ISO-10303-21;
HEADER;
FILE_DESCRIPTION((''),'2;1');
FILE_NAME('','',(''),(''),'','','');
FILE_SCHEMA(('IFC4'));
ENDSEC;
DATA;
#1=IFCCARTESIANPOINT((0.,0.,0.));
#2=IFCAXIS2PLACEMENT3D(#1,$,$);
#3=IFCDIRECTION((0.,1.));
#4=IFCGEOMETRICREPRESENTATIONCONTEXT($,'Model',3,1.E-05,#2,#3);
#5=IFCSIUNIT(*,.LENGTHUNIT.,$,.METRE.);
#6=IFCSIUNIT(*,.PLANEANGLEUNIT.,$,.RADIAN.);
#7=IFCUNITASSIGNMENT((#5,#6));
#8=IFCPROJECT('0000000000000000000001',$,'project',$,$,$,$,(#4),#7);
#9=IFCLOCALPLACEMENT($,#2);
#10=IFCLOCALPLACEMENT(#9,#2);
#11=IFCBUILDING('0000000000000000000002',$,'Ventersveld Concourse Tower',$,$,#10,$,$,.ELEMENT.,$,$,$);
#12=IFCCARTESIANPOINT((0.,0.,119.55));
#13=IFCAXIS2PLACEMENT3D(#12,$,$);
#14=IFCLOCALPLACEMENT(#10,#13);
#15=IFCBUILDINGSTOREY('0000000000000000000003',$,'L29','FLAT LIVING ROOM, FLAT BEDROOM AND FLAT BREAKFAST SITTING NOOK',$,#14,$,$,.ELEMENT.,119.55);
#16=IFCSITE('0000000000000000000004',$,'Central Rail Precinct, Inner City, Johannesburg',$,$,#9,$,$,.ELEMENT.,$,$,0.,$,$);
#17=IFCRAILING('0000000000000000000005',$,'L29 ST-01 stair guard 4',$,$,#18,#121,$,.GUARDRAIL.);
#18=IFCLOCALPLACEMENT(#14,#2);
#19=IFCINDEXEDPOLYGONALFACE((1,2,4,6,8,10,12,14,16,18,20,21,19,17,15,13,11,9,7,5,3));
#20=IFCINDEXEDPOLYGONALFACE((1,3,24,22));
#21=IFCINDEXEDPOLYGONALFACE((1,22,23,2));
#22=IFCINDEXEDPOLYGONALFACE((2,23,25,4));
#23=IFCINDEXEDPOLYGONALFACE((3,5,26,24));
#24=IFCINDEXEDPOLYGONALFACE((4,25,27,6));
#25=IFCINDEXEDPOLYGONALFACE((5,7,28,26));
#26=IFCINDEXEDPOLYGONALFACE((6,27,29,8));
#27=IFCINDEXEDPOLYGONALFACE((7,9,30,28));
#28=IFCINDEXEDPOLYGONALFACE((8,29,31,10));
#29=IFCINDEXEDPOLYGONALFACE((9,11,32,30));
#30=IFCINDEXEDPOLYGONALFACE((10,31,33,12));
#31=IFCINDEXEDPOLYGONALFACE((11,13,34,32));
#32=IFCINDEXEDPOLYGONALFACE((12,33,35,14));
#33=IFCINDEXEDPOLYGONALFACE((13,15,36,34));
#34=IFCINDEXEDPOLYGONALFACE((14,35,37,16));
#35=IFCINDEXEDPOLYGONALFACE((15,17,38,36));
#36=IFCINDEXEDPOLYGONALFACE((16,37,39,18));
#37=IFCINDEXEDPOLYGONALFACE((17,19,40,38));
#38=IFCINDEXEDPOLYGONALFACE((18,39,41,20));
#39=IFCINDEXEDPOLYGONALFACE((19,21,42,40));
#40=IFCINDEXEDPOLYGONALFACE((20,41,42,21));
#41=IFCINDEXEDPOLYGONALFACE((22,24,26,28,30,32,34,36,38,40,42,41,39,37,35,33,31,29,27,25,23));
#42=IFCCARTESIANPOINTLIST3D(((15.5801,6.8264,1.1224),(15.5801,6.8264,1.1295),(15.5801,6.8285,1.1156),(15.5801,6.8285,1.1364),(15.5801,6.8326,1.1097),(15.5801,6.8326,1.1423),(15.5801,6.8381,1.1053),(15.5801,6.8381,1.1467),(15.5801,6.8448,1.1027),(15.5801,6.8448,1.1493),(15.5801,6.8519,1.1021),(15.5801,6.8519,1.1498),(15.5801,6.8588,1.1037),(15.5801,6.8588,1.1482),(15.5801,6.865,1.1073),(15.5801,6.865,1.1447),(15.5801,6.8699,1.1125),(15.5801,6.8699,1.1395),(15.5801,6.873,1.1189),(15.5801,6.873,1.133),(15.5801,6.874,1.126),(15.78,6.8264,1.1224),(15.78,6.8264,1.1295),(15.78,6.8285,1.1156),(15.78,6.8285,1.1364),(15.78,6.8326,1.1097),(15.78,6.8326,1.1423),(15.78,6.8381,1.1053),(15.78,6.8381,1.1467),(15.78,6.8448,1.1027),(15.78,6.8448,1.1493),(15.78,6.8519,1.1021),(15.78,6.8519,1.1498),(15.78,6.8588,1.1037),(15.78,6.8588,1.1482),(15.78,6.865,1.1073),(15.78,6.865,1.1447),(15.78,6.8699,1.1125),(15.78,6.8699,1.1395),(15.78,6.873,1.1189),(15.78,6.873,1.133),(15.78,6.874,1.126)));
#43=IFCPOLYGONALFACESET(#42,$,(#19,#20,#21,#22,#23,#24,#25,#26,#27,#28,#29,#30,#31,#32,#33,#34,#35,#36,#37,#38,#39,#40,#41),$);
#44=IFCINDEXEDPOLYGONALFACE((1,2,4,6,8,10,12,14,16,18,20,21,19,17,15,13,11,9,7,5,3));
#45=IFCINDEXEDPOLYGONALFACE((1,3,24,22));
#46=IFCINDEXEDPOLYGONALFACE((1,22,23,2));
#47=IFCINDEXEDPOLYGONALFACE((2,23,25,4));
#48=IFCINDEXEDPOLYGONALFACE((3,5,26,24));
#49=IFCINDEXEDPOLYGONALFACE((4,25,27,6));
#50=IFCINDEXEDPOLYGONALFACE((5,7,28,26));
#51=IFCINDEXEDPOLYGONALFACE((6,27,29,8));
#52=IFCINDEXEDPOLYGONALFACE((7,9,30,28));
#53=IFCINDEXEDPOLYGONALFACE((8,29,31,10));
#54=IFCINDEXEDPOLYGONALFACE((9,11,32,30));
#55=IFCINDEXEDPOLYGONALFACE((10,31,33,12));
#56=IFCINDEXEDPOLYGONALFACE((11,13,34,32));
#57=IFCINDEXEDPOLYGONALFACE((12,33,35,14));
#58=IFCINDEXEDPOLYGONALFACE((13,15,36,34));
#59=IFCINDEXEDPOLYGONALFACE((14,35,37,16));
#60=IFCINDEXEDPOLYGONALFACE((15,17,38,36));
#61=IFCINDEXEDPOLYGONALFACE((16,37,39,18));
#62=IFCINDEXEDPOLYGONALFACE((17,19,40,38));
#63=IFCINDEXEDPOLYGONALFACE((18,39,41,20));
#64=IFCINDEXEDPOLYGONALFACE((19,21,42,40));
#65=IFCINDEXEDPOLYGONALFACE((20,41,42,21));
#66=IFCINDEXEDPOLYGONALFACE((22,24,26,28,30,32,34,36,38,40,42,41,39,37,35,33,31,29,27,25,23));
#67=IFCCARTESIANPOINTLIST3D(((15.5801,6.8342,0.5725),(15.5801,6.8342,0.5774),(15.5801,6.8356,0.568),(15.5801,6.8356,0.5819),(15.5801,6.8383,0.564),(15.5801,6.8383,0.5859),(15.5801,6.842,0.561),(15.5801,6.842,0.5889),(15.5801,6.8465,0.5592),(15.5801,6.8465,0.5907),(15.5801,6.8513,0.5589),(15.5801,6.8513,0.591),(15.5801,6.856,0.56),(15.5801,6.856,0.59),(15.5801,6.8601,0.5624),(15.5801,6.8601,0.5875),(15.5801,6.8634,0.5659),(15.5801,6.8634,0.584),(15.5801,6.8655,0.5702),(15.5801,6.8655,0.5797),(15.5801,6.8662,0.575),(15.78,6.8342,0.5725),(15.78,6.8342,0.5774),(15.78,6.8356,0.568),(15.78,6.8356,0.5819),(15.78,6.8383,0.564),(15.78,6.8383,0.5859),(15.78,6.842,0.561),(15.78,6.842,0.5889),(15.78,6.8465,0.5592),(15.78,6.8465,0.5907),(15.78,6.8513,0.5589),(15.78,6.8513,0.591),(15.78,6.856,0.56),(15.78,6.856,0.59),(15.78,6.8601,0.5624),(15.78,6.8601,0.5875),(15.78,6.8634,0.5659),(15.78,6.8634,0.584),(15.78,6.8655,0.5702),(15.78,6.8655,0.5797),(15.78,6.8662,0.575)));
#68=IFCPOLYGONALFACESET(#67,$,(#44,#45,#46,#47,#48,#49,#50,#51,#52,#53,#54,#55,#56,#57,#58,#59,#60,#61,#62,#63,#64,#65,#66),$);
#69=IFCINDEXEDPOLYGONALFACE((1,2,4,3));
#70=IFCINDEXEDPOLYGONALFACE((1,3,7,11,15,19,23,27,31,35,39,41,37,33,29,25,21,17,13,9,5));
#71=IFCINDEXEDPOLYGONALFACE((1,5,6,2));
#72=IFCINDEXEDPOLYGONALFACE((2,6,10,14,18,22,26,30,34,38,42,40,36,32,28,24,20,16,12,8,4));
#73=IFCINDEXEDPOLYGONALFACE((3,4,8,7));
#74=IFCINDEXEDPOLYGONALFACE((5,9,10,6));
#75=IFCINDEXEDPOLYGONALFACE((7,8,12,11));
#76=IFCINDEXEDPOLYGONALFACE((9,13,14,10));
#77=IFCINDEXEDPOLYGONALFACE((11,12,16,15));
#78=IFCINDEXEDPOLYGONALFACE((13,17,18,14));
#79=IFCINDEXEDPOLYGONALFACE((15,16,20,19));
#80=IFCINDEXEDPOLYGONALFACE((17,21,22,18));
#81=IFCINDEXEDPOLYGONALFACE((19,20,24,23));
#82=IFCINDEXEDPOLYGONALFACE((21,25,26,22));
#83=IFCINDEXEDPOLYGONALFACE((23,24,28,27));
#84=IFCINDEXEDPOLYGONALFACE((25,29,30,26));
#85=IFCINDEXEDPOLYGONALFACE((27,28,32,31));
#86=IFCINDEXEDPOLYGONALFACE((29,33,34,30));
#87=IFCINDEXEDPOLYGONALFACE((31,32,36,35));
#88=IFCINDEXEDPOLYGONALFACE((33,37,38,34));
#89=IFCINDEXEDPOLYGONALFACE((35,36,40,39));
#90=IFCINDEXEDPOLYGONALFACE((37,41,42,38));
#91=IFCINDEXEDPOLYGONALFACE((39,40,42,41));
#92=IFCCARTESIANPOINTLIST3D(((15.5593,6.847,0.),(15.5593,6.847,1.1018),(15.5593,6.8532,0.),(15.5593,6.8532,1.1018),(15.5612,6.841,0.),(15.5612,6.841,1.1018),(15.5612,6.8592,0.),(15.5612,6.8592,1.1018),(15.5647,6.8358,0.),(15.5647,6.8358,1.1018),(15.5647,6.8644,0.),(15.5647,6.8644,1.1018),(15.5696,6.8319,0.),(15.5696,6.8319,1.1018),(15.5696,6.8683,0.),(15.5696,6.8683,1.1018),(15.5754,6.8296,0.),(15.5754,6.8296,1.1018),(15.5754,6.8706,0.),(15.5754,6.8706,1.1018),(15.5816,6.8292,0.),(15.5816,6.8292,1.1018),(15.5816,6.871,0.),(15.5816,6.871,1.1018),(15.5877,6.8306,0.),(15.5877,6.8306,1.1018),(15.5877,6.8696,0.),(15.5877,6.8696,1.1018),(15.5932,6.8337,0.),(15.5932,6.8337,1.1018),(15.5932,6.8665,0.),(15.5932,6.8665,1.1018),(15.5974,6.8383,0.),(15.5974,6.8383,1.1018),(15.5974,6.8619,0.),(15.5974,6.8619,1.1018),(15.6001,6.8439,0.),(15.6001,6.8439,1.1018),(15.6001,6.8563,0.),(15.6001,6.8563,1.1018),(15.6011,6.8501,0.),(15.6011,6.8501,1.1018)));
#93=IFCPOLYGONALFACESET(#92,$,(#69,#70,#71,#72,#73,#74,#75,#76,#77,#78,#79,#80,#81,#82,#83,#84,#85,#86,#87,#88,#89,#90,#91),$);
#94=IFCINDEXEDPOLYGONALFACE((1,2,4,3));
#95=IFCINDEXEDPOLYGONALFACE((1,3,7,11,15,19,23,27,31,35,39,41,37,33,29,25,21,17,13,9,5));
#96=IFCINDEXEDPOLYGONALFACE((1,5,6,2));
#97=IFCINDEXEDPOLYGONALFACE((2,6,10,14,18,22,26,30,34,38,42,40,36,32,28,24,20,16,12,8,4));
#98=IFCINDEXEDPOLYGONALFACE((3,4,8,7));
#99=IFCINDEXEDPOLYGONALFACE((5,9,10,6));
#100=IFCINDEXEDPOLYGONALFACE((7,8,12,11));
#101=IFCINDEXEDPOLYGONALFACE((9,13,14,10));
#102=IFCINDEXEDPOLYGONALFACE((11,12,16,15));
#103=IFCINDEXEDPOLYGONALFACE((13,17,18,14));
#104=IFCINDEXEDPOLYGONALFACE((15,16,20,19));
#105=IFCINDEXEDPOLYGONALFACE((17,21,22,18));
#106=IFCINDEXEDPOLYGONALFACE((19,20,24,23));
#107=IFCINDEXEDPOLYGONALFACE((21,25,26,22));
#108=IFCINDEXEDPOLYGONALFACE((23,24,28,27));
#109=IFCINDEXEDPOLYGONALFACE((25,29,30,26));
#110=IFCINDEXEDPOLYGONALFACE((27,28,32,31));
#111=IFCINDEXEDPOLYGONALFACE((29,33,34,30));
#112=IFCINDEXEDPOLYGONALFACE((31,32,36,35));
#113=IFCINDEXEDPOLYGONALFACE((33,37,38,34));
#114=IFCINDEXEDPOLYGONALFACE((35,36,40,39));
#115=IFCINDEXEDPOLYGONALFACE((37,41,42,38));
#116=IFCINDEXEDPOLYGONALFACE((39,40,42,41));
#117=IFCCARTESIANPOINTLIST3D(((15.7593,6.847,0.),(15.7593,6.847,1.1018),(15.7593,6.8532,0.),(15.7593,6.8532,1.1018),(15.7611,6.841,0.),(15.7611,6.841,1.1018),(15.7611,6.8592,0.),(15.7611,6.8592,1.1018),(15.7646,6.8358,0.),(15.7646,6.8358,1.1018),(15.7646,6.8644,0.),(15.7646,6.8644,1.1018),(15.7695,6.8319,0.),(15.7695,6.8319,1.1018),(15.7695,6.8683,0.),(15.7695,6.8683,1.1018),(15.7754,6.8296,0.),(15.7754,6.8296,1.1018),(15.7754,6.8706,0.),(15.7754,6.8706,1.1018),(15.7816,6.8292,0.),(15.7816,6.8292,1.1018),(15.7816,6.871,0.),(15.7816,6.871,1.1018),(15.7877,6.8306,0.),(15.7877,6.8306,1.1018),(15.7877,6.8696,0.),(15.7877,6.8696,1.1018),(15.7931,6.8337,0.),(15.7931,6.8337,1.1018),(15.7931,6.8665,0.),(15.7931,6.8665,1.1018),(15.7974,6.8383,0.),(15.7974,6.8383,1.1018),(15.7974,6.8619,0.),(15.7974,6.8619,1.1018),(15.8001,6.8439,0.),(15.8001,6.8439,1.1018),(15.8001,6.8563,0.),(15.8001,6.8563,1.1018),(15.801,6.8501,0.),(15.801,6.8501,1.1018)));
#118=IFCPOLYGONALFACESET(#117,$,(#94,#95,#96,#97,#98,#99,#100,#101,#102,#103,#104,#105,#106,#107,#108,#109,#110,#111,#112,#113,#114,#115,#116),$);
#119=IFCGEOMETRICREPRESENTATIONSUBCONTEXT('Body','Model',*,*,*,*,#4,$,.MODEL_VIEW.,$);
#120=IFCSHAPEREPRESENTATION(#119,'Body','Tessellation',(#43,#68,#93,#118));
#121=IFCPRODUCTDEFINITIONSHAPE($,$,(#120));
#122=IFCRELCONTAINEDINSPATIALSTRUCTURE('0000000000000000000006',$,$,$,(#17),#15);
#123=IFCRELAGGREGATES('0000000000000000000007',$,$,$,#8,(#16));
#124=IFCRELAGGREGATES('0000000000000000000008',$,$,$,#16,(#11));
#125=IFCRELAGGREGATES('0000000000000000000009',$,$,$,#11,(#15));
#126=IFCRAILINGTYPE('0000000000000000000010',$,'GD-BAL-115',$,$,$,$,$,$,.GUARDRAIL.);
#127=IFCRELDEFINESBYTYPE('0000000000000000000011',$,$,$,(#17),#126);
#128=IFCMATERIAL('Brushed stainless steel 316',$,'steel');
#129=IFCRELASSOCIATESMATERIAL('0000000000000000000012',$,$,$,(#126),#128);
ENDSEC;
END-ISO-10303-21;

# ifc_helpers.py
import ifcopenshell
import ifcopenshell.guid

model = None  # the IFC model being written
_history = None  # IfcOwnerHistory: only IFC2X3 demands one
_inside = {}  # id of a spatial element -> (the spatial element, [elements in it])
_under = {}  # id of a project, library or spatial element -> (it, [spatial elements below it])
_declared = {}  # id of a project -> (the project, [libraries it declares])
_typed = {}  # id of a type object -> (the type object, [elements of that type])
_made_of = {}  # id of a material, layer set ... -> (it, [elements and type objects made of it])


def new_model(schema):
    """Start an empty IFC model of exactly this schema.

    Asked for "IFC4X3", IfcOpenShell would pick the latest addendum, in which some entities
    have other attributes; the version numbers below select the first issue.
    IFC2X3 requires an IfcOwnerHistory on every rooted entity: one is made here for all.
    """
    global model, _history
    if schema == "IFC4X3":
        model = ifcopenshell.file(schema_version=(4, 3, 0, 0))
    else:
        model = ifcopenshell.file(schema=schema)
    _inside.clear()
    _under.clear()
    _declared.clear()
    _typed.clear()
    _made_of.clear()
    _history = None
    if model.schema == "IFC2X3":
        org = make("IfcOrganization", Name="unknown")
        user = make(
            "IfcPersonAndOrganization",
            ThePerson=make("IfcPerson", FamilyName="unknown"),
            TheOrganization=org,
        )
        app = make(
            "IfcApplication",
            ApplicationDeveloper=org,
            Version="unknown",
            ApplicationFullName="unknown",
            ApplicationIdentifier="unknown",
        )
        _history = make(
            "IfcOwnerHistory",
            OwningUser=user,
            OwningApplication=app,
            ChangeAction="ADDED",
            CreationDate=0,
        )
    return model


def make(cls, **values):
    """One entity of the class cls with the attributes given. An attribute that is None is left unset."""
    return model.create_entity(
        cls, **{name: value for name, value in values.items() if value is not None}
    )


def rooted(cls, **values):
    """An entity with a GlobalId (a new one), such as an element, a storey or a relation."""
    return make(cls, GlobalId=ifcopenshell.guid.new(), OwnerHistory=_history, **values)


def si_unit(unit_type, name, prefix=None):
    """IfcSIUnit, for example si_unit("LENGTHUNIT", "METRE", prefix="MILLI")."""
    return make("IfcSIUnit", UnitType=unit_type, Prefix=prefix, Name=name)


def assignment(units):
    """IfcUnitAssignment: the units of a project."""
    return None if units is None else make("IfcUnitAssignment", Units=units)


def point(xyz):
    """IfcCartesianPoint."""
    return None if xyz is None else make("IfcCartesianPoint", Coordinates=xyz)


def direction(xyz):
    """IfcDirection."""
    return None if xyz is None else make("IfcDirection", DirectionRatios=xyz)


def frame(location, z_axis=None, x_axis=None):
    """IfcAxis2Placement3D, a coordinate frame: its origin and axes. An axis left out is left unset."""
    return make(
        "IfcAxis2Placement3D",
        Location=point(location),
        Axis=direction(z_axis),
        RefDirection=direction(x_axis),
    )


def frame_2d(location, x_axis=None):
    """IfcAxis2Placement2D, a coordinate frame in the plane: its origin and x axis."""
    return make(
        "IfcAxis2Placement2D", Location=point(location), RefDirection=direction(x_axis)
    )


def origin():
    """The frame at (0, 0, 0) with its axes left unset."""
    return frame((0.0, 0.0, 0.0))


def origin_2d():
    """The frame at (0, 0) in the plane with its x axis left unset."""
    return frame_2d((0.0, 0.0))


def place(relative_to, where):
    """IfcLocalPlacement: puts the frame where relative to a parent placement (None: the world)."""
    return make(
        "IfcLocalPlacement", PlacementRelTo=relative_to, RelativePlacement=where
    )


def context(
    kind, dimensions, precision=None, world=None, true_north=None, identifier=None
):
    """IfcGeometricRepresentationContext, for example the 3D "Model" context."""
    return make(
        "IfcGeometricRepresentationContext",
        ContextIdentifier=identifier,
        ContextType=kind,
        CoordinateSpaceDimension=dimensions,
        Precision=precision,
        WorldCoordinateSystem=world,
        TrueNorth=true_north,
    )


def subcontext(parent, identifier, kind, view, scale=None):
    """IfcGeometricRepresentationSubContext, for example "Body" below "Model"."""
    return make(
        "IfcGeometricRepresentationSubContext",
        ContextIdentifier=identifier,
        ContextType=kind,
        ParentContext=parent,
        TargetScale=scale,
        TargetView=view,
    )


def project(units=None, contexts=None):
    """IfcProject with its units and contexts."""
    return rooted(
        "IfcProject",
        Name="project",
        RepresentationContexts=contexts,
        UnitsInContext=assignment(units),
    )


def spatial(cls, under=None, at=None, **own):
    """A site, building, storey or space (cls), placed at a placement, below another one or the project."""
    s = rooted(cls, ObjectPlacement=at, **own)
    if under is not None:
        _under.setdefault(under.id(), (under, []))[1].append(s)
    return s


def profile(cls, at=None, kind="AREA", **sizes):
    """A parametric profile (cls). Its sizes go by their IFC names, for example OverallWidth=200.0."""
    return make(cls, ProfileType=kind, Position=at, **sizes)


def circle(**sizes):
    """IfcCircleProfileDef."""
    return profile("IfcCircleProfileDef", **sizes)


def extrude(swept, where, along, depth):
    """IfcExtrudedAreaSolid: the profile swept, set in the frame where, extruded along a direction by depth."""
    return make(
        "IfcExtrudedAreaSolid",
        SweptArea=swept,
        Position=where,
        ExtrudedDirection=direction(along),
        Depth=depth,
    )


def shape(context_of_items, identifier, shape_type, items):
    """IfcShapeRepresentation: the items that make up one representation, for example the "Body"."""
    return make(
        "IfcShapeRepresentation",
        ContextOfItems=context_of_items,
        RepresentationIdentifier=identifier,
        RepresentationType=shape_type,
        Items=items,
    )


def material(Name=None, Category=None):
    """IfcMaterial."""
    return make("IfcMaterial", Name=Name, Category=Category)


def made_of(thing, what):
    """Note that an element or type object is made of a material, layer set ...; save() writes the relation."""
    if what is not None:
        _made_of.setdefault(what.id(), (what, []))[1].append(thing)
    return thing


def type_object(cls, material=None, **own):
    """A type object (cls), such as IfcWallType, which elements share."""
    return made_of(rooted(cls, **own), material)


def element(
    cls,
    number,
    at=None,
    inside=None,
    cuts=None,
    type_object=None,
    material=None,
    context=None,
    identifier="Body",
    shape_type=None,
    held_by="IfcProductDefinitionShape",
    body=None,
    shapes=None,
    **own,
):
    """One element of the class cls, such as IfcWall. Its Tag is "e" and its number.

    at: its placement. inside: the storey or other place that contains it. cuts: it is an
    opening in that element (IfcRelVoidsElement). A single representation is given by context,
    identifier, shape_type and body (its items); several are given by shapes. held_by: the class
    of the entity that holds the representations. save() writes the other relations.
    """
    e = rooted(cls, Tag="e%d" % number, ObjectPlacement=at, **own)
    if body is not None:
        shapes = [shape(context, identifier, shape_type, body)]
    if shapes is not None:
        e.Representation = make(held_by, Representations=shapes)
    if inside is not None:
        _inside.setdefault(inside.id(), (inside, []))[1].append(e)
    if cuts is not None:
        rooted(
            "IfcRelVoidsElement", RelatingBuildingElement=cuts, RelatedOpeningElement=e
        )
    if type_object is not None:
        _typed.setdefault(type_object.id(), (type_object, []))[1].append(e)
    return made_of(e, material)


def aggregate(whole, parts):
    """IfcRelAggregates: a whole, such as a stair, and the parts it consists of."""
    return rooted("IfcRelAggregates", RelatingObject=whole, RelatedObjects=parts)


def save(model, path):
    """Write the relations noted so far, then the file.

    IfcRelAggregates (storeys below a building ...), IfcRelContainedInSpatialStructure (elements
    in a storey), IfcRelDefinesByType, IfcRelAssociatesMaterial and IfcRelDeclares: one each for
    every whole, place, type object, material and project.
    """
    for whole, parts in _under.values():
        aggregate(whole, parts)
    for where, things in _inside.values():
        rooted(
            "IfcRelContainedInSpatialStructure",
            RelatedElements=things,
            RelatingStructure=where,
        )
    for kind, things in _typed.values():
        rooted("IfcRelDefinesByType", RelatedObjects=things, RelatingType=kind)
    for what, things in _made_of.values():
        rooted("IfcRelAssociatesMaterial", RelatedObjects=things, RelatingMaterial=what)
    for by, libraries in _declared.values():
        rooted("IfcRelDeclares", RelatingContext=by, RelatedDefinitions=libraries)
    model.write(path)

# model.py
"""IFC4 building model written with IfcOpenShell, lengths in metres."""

from ifc_helpers import new_model, si_unit, direction, frame, origin, origin_2d, place, context, subcontext, project, spatial, circle, extrude, material, type_object, element, save


model = new_model("IFC4")

# Units and contexts
model_context = context("Model", 3, precision=1e-05, world=origin(), true_north=direction((0.0, 1.0)))
body_context = subcontext(model_context, "Body", "Model", "MODEL_VIEW")
ifc_project = project(units=[si_unit("LENGTHUNIT", "METRE"), si_unit("PLANEANGLEUNIT", "RADIAN")], contexts=[model_context])

# Site, building, storey
site_placement = place(None, origin())
site = spatial("IfcSite", under=ifc_project, at=site_placement, Name="Central Rail Precinct, Inner City, Johannesburg", CompositionType="ELEMENT", RefElevation=0.0)
building_placement = place(site_placement, origin())
building = spatial("IfcBuilding", under=site, at=building_placement, Name="Ventersveld Concourse Tower", CompositionType="ELEMENT")
storey_placement = place(building_placement, frame((0.0, 0.0, 119.55)))
storey = spatial("IfcBuildingStorey", under=building, at=storey_placement, Name="L29", Description="FLAT LIVING ROOM, FLAT BEDROOM AND FLAT BREAKFAST SITTING NOOK", CompositionType="ELEMENT", Elevation=119.55)

# Shared definitions
ifc_material_1 = material(Name="Brushed stainless steel 316", Category="steel")

# Railing
railing_type_1 = type_object("IfcRailingType", Name="GD-BAL-115", PredefinedType="GUARDRAIL", material=ifc_material_1)
railing_1_placement = place(storey_placement, frame((15.5801, 6.8501, 0.0)))
element("IfcRailing", 1, at=railing_1_placement, inside=storey, type_object=railing_type_1, Name="L29 ST-01 stair guard 4", PredefinedType="GUARDRAIL", context=body_context, shape_type="SweptSolid", body=[
    extrude(circle(Radius=0.0239, at=origin_2d()), frame((0.0, 0.0, 1.126), z_axis=(1.0, 0.0, 0.0), x_axis=(0.0, 1.0, 0.0)), (0.0, 0.0, 1.0), 0.2),
    extrude(circle(Radius=0.0161, at=origin_2d()), frame((0.0, 0.0, 0.575), z_axis=(1.0, 0.0, 0.0), x_axis=(0.0, 1.0, 0.0)), (0.0, 0.0, 1.0), 0.2),
    extrude(circle(Radius=0.021, at=origin_2d()), origin(), (0.0, 0.0, 1.0), 1.1018),
    extrude(circle(Radius=0.021, at=origin_2d()), frame((0.2, 0.0, 0.0)), (0.0, 0.0, 1.0), 1.1018),
])

save(model, "model.ifc")
